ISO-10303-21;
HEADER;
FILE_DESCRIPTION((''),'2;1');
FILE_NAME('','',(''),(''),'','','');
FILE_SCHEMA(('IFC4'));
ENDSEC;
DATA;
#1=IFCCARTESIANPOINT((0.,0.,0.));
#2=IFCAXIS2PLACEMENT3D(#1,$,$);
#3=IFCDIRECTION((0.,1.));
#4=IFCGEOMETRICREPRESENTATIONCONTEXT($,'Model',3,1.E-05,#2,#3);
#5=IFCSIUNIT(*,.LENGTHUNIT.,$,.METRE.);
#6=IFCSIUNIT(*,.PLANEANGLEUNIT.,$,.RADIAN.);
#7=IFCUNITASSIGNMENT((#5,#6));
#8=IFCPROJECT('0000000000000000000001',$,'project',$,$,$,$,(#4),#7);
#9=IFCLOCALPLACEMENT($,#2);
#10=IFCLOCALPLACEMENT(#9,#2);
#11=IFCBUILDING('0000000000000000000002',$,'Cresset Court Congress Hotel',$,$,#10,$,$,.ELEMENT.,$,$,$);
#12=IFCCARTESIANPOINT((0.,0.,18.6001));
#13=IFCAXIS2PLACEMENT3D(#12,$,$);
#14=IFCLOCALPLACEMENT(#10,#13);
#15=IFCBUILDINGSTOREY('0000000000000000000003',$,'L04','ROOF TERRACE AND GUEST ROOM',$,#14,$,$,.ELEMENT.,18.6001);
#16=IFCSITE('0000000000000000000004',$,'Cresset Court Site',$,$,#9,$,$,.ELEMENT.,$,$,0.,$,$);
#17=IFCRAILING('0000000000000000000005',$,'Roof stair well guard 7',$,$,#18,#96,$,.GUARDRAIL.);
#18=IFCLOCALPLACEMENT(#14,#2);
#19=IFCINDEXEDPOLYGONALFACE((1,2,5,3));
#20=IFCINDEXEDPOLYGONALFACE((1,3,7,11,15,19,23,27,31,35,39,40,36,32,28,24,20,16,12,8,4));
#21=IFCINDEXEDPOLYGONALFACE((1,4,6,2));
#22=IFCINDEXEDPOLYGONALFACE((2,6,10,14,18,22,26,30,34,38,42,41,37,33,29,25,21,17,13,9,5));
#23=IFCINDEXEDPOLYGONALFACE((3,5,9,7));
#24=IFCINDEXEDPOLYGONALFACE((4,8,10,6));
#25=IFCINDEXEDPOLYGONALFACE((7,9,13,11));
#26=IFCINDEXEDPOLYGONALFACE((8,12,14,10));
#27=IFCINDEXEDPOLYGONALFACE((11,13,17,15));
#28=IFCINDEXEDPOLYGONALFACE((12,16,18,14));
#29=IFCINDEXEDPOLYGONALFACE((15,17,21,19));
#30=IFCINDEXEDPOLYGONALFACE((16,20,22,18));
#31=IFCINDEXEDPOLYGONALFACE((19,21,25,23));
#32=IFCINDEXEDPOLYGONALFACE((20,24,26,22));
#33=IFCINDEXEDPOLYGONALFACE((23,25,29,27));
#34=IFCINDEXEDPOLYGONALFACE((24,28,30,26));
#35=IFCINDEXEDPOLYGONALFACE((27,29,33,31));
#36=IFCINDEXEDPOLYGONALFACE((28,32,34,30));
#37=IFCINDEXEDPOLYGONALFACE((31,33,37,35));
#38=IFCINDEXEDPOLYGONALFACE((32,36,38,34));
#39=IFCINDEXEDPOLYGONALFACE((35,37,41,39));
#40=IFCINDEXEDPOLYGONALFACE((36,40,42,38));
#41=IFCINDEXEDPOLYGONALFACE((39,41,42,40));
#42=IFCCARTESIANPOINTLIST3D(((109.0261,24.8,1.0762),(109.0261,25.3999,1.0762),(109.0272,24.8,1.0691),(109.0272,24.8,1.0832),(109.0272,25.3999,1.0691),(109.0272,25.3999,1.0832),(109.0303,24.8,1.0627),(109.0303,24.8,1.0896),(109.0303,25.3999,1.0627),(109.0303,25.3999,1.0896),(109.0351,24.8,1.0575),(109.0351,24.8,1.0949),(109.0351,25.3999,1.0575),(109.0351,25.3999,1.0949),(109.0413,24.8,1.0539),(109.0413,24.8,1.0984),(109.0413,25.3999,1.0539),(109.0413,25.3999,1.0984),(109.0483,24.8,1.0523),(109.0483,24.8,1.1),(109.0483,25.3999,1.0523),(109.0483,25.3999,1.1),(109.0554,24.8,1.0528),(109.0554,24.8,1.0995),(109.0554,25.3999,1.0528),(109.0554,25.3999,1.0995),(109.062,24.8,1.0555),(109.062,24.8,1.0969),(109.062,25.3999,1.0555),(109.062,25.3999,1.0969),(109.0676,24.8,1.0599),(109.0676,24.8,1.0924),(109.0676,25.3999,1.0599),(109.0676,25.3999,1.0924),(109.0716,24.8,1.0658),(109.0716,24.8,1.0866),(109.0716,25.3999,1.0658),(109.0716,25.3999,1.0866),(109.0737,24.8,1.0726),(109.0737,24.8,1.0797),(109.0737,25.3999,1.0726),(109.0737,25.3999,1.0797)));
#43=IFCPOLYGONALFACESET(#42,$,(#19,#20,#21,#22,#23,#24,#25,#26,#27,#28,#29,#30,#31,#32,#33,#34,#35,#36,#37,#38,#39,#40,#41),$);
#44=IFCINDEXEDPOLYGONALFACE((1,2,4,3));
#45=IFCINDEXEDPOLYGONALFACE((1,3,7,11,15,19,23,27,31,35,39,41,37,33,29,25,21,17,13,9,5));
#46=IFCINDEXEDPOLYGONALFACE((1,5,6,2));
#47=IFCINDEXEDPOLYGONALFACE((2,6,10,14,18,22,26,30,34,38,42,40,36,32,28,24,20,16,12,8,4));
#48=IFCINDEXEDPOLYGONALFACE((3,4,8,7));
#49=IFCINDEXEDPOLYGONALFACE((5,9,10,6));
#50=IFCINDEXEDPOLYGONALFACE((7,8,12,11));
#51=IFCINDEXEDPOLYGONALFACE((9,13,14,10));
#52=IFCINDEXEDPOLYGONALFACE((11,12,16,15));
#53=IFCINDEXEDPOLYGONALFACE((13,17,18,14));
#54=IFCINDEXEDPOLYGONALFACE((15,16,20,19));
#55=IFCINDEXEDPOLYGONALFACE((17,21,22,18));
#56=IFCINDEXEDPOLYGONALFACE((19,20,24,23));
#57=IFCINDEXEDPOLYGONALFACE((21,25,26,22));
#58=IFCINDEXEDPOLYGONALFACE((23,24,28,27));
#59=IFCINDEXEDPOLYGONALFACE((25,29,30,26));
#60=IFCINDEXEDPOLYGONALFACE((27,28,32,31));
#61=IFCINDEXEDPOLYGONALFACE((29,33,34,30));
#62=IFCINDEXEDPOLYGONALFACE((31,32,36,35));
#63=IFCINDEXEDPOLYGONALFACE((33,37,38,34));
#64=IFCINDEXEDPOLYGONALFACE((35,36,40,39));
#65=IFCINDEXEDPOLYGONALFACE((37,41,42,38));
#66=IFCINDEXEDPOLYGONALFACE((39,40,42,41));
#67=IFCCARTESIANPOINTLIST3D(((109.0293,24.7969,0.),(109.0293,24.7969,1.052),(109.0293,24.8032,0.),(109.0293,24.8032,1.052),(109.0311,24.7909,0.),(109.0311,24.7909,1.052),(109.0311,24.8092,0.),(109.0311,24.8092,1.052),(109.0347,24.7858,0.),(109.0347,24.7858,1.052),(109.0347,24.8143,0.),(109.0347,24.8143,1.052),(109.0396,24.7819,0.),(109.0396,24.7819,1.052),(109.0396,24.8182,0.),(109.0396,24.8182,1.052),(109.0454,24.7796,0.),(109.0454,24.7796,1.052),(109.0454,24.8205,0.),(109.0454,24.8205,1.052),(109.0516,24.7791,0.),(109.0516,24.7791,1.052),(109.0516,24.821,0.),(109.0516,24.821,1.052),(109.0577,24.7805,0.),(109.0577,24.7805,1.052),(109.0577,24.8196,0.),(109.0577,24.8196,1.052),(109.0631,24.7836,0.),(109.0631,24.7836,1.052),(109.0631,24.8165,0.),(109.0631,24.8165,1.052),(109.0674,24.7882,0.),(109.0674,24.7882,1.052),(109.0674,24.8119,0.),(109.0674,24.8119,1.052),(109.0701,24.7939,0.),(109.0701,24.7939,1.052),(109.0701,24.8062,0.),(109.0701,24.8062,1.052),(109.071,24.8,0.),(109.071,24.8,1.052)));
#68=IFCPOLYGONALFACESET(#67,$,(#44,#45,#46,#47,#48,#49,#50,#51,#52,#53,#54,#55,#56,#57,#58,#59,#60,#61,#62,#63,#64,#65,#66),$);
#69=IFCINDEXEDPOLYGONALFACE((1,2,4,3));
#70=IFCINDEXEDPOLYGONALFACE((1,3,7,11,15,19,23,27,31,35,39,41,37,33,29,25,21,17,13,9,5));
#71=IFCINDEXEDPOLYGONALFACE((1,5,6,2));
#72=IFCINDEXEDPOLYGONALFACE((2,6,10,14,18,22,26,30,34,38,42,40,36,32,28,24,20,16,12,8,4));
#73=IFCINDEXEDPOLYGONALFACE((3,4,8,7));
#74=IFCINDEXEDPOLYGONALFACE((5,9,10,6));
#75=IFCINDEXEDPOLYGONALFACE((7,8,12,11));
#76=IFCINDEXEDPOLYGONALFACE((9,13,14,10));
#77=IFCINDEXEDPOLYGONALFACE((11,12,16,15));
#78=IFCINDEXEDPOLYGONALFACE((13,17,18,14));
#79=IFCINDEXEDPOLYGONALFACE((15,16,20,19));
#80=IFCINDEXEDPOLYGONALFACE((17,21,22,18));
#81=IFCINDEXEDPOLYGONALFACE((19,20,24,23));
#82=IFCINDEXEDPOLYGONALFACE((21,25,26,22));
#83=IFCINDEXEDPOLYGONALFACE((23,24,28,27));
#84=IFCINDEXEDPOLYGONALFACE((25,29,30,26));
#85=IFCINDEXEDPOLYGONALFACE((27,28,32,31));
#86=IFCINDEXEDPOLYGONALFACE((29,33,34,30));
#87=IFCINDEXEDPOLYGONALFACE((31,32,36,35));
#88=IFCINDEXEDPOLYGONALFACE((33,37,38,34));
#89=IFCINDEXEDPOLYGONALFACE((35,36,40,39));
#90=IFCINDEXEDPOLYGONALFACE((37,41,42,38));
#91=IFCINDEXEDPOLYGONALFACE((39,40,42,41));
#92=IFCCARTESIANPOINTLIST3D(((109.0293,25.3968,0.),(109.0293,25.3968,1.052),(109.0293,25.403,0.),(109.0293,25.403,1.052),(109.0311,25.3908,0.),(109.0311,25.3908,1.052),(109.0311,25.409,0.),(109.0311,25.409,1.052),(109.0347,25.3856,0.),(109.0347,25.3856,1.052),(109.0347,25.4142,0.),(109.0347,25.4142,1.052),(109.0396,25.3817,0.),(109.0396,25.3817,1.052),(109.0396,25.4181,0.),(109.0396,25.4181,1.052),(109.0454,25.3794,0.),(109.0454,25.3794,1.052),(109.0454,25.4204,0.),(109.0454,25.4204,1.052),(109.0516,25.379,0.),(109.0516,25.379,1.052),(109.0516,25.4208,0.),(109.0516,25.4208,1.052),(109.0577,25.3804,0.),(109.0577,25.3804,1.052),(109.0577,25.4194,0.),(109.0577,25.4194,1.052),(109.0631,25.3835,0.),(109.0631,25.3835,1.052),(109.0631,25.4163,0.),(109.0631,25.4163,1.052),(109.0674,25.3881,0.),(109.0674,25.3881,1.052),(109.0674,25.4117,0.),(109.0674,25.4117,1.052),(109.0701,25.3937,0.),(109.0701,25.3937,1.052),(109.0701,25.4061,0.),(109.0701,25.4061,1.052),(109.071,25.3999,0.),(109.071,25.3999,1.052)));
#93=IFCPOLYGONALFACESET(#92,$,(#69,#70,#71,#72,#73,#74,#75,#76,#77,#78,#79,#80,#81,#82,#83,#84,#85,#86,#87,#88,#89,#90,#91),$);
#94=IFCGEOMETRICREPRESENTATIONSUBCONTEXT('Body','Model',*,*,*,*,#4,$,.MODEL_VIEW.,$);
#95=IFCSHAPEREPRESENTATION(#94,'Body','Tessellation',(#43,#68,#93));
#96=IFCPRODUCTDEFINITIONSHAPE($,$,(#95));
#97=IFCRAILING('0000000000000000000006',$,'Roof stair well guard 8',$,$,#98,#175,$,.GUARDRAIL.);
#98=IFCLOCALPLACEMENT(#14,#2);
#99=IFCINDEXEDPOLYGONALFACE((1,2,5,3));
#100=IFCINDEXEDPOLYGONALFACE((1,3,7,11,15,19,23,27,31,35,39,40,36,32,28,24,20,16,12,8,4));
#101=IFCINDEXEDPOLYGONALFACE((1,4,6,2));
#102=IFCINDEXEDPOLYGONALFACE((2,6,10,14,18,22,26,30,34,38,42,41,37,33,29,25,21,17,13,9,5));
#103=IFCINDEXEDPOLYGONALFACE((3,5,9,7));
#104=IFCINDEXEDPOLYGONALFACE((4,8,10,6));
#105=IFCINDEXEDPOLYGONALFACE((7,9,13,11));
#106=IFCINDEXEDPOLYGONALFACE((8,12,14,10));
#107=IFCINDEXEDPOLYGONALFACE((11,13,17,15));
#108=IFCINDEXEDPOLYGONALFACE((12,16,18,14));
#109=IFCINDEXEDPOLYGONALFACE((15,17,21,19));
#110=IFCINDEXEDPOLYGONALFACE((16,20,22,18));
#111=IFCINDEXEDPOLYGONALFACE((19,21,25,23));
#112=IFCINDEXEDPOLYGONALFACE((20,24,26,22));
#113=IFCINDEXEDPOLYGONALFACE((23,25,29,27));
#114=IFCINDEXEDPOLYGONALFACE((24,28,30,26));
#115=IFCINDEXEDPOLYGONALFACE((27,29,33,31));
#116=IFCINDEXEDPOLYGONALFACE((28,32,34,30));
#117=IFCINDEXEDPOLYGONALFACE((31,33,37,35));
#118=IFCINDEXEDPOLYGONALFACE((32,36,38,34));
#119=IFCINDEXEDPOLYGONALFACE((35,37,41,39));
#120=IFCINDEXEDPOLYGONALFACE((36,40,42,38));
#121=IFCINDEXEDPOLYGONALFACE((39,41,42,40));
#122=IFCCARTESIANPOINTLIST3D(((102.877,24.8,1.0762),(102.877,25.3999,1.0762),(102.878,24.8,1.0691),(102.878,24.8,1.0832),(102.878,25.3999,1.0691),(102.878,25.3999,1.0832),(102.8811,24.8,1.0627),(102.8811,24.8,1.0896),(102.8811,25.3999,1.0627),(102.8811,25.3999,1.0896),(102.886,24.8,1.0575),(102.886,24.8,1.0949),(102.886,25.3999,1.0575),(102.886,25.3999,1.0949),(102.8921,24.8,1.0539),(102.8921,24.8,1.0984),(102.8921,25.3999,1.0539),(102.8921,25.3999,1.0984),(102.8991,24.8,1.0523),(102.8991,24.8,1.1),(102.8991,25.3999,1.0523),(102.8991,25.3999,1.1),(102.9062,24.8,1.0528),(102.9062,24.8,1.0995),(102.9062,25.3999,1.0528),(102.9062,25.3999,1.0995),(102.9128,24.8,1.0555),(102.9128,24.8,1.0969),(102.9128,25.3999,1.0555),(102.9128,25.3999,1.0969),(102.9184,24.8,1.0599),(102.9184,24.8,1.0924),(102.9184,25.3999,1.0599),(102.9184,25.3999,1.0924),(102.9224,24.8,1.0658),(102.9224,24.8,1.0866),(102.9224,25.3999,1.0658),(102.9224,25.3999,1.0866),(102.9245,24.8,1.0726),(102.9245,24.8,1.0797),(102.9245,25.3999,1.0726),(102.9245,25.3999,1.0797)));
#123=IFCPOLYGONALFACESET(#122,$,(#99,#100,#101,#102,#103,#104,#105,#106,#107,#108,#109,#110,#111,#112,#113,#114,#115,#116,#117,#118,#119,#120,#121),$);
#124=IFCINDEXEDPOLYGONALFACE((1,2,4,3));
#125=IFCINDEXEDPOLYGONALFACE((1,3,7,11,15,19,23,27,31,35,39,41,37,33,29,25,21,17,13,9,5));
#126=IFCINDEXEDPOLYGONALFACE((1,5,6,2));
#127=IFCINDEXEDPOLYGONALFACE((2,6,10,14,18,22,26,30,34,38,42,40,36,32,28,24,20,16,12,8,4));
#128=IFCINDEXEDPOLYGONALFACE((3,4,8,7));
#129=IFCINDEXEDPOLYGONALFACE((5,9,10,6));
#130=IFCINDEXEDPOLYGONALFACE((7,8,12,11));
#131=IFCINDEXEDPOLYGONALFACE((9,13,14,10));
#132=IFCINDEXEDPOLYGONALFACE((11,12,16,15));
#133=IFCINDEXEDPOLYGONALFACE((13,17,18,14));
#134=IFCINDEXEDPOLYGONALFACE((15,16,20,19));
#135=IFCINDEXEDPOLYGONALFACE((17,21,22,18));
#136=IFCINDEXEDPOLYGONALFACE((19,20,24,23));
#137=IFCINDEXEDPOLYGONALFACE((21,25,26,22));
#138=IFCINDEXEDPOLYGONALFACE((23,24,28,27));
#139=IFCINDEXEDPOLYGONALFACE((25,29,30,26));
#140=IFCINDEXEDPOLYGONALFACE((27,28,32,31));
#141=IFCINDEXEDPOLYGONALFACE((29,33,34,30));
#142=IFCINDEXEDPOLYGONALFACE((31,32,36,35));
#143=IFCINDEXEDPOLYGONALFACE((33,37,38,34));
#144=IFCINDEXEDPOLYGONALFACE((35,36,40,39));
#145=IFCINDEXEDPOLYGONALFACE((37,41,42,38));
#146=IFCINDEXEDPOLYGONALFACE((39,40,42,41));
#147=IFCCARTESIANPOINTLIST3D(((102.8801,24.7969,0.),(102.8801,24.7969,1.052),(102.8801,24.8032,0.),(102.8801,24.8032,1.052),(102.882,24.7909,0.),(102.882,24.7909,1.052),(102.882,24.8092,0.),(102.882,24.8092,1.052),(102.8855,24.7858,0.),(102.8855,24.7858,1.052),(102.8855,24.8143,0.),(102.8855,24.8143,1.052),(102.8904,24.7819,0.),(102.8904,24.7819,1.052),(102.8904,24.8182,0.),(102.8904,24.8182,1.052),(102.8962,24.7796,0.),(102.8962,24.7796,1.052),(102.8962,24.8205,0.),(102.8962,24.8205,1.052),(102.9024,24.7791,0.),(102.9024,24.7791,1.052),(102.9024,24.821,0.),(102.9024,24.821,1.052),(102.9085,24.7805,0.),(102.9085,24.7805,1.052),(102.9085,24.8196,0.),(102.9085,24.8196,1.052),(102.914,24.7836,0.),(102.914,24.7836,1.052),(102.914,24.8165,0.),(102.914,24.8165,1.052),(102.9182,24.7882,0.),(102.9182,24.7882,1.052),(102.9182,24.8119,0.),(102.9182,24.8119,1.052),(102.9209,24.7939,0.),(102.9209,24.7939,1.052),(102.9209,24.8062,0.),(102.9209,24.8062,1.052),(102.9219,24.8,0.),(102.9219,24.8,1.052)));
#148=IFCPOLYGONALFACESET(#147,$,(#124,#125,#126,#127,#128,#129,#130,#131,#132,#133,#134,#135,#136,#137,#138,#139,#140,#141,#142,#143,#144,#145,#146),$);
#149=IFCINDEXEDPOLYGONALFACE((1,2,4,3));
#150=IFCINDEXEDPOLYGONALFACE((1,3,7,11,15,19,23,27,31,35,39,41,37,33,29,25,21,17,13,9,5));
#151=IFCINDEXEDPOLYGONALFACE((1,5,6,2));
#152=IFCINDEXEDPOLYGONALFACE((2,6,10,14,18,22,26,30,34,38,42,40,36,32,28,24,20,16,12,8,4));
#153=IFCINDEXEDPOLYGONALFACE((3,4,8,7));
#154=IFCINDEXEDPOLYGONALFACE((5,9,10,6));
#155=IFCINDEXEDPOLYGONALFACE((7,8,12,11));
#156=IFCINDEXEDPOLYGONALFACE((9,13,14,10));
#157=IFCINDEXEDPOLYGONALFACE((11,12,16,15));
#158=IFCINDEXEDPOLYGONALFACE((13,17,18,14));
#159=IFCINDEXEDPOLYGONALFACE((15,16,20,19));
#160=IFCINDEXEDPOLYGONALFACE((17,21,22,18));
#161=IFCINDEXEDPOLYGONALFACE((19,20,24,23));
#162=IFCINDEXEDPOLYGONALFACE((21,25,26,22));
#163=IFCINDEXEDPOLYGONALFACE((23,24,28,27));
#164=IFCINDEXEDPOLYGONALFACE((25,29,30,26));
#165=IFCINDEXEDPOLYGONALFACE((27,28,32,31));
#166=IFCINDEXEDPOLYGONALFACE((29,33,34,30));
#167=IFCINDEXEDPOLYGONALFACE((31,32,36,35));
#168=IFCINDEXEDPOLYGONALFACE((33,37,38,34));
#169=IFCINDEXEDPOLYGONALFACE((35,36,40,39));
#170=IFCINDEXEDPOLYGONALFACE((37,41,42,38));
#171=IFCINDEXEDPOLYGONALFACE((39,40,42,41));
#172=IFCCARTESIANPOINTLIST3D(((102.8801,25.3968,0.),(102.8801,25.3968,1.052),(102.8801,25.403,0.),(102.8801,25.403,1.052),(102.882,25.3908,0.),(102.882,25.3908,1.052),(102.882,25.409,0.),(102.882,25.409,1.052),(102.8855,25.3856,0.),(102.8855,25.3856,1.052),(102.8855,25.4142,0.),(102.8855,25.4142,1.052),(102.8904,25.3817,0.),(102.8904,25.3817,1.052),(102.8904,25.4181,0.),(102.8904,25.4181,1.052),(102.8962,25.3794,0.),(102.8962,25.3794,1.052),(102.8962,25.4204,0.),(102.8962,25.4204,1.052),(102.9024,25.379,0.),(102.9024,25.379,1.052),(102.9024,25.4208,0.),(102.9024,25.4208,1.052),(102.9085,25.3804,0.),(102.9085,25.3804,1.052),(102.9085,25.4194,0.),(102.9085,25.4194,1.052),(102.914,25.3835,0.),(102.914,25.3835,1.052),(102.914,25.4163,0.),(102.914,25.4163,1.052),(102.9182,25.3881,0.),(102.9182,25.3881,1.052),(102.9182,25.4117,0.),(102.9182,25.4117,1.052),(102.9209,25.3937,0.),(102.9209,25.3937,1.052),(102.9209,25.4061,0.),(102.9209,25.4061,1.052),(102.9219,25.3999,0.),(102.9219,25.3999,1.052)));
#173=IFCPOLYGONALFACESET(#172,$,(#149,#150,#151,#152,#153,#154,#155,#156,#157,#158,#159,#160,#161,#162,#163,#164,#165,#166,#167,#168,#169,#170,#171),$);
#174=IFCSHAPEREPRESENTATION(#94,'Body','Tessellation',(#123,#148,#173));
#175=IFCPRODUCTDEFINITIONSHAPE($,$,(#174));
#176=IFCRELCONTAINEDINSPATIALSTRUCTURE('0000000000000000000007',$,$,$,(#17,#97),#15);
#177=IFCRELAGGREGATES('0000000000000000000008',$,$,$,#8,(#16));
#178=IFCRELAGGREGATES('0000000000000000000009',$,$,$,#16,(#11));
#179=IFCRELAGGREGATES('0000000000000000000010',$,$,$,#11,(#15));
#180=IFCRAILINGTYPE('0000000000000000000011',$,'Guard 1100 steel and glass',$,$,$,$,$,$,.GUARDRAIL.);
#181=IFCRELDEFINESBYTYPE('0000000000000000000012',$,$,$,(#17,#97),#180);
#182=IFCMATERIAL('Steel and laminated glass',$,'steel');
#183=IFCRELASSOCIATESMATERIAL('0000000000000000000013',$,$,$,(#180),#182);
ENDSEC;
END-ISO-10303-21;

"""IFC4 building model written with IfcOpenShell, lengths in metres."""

from ifc_helpers import new_model, si_unit, direction, frame, origin, origin_2d, place, context, subcontext, project, spatial, circle, extrude, material, type_object, element, save


model = new_model("IFC4")

# Units and contexts
model_context = context("Model", 3, precision=1e-05, world=origin(), true_north=direction((0.0, 1.0)))
body_context = subcontext(model_context, "Body", "Model", "MODEL_VIEW")
ifc_project = project(units=[si_unit("LENGTHUNIT", "METRE"), si_unit("PLANEANGLEUNIT", "RADIAN")], contexts=[model_context])

# Site, building, storey
site_placement = place(None, origin())
site = spatial("IfcSite", under=ifc_project, at=site_placement, Name="Cresset Court Site", CompositionType="ELEMENT", RefElevation=0.0)
building_placement = place(site_placement, origin())
building = spatial("IfcBuilding", under=site, at=building_placement, Name="Cresset Court Congress Hotel", CompositionType="ELEMENT")
storey_placement = place(building_placement, frame((0.0, 0.0, 18.6001)))
storey = spatial("IfcBuildingStorey", under=building, at=storey_placement, Name="L04", Description="ROOF TERRACE AND GUEST ROOM", CompositionType="ELEMENT", Elevation=18.6001)

# Railings
ifc_material_1 = material(Name="Steel and laminated glass", Category="steel")
railing_type = type_object("IfcRailingType", Name="Guard 1100 steel and glass", PredefinedType="GUARDRAIL", material=ifc_material_1)
for number, where, name in (
    (1, (109.05, 24.8, 0.0), "Roof stair well guard 7"),
    (2, (102.9009, 24.8, 0.0), "Roof stair well guard 8"),
):
    element("IfcRailing", number, at=place(storey_placement, frame(where)), inside=storey, type_object=railing_type, Name=name, PredefinedType="GUARDRAIL", context=body_context, shape_type="SweptSolid", body=[
        extrude(circle(Radius=0.0239, at=origin_2d()), frame((0.0, 0.0, 1.0762), z_axis=(0.0, 1.0, 0.0), x_axis=(-1.0, 0.0, 0.0)), (0.0, 0.0, 1.0), 0.5999),
        extrude(circle(Radius=0.021, at=origin_2d()), origin(), (0.0, 0.0, 1.0), 1.052),
        extrude(circle(Radius=0.021, at=origin_2d()), frame((0.0, 0.5999, 0.0)), (0.0, 0.0, 1.0), 1.052),
    ])

save(model, "model.ifc")
